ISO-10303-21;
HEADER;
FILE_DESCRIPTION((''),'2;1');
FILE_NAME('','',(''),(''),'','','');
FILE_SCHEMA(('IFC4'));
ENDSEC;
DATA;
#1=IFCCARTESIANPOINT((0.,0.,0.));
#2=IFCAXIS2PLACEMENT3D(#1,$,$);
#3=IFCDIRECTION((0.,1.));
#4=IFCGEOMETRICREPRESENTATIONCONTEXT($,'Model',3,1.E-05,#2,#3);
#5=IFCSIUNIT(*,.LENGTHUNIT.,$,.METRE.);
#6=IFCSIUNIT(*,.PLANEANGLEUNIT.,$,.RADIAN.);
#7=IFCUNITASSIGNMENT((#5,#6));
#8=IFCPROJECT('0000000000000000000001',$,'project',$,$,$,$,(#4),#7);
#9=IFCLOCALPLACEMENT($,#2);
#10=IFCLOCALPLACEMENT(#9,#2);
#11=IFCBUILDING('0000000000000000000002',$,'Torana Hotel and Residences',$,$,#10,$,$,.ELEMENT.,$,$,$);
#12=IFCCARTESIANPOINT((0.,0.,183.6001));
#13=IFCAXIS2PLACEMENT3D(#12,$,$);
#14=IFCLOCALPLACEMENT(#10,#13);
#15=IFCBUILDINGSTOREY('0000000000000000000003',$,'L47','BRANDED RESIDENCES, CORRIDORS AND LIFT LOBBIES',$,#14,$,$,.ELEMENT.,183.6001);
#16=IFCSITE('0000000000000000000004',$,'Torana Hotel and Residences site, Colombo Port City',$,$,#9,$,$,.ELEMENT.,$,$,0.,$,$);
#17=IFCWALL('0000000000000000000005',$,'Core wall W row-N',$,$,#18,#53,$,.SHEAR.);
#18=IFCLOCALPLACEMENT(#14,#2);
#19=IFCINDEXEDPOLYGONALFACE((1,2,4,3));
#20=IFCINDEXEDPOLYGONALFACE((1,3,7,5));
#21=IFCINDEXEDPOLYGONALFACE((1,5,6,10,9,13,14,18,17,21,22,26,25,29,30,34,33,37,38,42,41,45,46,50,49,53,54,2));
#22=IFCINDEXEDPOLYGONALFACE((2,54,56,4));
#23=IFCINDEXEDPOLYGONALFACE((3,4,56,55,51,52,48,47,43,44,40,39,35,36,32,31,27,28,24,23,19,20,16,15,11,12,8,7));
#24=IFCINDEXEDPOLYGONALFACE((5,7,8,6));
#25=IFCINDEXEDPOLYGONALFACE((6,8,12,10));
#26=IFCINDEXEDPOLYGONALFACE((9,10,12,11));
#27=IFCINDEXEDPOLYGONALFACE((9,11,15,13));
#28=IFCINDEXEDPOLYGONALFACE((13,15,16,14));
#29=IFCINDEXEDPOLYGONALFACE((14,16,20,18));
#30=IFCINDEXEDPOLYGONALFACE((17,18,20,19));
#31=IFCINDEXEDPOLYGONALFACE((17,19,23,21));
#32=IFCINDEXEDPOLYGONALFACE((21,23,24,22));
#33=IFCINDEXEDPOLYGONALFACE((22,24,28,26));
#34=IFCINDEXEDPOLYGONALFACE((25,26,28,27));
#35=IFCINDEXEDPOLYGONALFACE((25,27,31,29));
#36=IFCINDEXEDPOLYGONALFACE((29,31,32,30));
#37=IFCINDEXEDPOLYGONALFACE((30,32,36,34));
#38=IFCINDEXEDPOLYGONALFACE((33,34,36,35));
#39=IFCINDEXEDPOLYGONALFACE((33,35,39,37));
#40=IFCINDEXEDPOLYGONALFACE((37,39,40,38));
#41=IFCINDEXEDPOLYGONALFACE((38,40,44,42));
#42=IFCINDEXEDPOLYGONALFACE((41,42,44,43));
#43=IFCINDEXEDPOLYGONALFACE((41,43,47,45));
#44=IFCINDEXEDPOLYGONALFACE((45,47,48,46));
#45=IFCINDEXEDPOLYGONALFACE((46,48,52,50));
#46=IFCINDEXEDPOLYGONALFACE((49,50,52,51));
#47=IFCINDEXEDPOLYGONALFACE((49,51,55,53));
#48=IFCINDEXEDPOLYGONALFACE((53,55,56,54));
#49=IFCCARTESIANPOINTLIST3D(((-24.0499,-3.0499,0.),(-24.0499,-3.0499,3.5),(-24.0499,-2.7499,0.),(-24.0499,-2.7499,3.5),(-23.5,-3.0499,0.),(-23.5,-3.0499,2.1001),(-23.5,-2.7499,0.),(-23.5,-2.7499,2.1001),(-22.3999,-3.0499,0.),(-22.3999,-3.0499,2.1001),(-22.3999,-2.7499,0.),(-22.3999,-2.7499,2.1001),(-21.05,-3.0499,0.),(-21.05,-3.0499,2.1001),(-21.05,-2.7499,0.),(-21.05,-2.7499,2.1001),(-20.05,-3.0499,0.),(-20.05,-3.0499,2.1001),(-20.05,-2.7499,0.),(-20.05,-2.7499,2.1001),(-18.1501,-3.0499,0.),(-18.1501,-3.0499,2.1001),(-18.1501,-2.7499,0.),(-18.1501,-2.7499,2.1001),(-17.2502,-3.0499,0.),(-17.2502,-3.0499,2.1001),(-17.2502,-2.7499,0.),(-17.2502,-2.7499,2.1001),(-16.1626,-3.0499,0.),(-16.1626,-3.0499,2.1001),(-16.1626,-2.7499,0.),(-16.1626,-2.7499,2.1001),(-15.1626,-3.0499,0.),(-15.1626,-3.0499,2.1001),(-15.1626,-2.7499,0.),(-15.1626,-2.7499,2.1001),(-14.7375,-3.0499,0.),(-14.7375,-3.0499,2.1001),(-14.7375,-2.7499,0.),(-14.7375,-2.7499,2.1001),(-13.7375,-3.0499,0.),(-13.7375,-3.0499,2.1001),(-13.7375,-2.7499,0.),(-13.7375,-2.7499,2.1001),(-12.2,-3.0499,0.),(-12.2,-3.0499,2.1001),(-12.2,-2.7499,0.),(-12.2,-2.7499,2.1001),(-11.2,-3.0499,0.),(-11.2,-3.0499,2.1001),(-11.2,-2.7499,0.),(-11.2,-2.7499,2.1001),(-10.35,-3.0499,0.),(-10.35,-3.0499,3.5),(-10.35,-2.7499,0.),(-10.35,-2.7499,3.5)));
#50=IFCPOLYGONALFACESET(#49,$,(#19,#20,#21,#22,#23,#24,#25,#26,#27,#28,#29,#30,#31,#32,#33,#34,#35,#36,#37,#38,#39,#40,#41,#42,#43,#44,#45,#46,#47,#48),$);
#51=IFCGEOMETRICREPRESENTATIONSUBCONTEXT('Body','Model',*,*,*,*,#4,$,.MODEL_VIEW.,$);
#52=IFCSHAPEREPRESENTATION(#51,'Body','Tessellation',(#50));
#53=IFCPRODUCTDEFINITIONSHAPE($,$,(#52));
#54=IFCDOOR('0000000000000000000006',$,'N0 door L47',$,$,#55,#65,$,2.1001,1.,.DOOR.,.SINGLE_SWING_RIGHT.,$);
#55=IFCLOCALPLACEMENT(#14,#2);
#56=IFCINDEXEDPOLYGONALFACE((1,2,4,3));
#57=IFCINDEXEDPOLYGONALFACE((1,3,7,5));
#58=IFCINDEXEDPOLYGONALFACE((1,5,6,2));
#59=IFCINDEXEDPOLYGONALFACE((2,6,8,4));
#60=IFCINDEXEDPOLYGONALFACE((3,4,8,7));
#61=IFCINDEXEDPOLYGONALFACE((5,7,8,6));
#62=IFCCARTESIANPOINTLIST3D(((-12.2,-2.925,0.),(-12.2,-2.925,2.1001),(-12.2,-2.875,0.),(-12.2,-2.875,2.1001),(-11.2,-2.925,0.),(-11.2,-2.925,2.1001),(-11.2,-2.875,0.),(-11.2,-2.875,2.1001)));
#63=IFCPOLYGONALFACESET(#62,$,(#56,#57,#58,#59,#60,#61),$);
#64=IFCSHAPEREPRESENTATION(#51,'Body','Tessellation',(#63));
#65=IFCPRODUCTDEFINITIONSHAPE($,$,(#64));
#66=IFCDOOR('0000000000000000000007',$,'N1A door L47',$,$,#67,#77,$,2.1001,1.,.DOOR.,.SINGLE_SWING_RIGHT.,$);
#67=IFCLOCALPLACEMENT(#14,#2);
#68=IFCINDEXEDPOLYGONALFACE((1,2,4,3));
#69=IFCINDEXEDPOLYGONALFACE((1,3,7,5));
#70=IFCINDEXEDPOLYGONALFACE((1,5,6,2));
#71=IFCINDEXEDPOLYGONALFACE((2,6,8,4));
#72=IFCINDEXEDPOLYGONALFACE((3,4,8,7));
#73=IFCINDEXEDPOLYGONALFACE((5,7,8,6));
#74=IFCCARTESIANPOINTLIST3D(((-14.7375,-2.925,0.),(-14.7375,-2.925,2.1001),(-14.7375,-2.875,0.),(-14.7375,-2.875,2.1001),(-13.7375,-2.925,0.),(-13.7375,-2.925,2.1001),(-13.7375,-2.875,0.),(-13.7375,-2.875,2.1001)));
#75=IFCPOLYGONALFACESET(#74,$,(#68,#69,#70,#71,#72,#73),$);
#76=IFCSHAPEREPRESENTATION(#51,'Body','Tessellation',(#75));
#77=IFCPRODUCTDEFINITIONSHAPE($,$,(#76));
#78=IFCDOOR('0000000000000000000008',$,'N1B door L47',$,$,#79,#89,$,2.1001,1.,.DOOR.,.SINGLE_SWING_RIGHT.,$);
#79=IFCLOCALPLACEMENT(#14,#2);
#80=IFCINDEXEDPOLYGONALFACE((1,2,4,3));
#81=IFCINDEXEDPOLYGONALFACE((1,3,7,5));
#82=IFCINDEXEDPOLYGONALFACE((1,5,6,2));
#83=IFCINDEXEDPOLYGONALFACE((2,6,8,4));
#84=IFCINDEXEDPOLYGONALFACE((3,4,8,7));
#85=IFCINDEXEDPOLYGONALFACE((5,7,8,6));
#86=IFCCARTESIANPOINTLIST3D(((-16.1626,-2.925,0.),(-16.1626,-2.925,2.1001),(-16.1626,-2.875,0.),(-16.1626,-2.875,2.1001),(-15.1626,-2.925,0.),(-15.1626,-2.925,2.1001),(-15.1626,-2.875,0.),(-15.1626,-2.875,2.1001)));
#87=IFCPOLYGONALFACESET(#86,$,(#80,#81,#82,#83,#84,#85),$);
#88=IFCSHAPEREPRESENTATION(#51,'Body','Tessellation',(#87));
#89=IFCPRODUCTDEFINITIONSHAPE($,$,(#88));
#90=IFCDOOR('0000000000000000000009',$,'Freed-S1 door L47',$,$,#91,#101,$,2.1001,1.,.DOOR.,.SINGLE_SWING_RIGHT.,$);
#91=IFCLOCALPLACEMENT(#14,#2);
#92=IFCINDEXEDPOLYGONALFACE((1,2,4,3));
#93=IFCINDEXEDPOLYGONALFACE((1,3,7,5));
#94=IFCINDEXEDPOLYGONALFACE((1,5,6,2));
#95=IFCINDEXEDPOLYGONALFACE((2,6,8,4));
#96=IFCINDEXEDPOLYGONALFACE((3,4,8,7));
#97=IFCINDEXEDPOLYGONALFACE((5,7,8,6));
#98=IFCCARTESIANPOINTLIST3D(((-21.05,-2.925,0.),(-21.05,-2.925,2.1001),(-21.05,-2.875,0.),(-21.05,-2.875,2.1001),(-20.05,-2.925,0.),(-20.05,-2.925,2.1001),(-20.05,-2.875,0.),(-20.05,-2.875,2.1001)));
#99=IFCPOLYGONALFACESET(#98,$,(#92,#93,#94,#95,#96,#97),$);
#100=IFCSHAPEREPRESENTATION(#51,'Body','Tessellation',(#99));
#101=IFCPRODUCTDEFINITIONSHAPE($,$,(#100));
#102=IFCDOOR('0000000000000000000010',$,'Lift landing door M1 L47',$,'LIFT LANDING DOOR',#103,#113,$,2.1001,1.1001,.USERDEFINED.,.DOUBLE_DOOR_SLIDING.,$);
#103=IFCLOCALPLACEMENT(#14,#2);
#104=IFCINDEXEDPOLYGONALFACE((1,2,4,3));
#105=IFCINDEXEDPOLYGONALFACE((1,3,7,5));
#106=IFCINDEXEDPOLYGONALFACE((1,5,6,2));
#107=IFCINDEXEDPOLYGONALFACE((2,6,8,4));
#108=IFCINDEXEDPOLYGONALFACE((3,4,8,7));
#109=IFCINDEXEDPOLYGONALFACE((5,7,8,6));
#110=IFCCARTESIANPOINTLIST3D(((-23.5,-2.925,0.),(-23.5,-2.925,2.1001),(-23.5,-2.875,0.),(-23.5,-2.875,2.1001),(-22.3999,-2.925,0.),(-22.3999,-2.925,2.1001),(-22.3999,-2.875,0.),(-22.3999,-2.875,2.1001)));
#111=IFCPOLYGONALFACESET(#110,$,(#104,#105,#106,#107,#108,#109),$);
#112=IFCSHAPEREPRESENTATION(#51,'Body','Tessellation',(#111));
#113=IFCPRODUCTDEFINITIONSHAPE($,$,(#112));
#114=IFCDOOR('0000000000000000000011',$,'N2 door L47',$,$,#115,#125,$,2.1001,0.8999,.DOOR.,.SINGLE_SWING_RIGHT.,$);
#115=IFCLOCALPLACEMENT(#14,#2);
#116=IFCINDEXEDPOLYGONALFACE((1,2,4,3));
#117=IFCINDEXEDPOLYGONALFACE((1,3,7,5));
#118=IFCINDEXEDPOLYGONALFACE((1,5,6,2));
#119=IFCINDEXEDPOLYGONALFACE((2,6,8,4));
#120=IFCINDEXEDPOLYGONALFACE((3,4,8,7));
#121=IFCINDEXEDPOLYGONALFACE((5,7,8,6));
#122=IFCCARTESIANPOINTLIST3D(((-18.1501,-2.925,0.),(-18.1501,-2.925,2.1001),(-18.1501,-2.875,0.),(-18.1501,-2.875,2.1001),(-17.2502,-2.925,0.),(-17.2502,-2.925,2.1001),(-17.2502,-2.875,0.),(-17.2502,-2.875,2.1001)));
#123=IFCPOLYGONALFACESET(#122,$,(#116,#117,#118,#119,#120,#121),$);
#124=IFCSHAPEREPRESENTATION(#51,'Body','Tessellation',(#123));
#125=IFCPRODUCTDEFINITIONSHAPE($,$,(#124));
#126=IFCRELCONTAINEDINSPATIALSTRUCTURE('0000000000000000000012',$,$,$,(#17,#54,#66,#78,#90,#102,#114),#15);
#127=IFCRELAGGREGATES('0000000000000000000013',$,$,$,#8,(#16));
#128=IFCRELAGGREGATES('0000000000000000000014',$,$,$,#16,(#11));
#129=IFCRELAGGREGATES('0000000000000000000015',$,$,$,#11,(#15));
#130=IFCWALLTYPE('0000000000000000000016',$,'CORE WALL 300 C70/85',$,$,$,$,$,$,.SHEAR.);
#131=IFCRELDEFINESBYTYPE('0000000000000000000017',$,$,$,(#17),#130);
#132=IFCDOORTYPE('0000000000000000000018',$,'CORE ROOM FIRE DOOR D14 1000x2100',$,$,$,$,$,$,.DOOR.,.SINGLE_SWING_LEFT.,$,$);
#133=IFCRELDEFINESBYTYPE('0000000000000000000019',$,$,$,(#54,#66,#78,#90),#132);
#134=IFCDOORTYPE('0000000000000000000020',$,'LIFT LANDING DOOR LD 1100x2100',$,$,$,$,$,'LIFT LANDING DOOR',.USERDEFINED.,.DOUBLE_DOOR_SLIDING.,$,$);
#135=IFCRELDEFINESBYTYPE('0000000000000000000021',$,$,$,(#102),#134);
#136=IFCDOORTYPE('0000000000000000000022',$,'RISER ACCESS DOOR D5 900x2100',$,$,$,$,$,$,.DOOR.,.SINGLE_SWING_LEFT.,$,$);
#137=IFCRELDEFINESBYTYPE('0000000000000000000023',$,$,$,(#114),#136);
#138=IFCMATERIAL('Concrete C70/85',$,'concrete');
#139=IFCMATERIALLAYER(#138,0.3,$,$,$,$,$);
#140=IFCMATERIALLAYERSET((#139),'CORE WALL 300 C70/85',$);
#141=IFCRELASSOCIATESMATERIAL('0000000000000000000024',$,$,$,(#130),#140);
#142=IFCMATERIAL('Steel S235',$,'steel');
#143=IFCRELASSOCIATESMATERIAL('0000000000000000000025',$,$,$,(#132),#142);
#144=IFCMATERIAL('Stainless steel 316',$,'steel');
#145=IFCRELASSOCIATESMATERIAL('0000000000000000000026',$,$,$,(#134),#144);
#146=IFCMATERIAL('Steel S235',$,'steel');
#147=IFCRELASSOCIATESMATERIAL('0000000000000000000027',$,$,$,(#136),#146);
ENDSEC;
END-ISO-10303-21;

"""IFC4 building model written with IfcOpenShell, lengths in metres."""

from ifc_helpers import new_model, si_unit, direction, frame, frame_2d, origin, place, context, subcontext, project, spatial, rectangle, extrude, material, layer, layer_set, type_object, element, fill, save


model = new_model("IFC4")

# Units and contexts
model_context = context("Model", 3, precision=1e-05, world=origin(), true_north=direction((0.0, 1.0)))
body_context = subcontext(model_context, "Body", "Model", "MODEL_VIEW")
ifc_project = project(units=[si_unit("LENGTHUNIT", "METRE"), si_unit("PLANEANGLEUNIT", "RADIAN")], contexts=[model_context])

# Site, building, storey
site_placement = place(None, origin())
site = spatial("IfcSite", under=ifc_project, at=site_placement, Name="Torana Hotel and Residences site, Colombo Port City", CompositionType="ELEMENT", RefElevation=0.0)
building_placement = place(site_placement, origin())
building = spatial("IfcBuilding", under=site, at=building_placement, Name="Torana Hotel and Residences", CompositionType="ELEMENT")
storey_placement = place(building_placement, frame((0.0, 0.0, 183.6001)))
storey = spatial("IfcBuildingStorey", under=building, at=storey_placement, Name="L47", Description="BRANDED RESIDENCES, CORRIDORS AND LIFT LOBBIES", CompositionType="ELEMENT", Elevation=183.6001)

# Wall, openings, doors
ifc_material_1 = material(Name="Concrete C70/85", Category="concrete")
ifc_layer_1 = layer(ifc_material_1, 0.3)
ifc_layer_set_1 = layer_set([ifc_layer_1], Name="CORE WALL 300 C70/85")
wall_type_1 = type_object("IfcWallType", Name="CORE WALL 300 C70/85", PredefinedType="SHEAR", material=ifc_layer_set_1)
wall_1_placement = place(storey_placement, frame((-24.05, -2.8999, 0.0), z_axis=(0.0, 0.0, 1.0), x_axis=(1.0, 0.0, 0.0)))
wall_1 = element("IfcWall", 1, at=wall_1_placement, inside=storey, type_object=wall_type_1, Name="Core wall W row-N", PredefinedType="SHEAR", context=body_context, shape_type="SweptSolid", body=[
    extrude(rectangle(XDim=13.7, YDim=0.3, at=frame_2d((6.8501, 0.0))), origin(), (0.0, 0.0, 1.0), 3.5),
])
opening_1_placement = place(wall_1_placement, frame((0.55, 0.0, 0.0)))
opening_1 = element("IfcOpeningElement", 2, at=opening_1_placement, cuts=wall_1, PredefinedType="OPENING", context=body_context, shape_type="SweptSolid", body=[
    extrude(rectangle(XDim=1.1001, YDim=2.1001, at=frame_2d((0.55, 1.05))), frame((0.0, 0.1599, 0.0), z_axis=(0.0, -1.0, 0.0), x_axis=(1.0, 0.0, 0.0)), (0.0, 0.0, 1.0), 0.3201),
])
opening_2_placement = place(wall_1_placement, frame((5.8999, 0.0, 0.0)))
opening_2 = element("IfcOpeningElement", 3, at=opening_2_placement, cuts=wall_1, PredefinedType="OPENING", context=body_context, shape_type="SweptSolid", body=[
    extrude(rectangle(XDim=0.8999, YDim=2.1001, at=frame_2d((0.45, 1.05))), frame((0.0, 0.1599, 0.0), z_axis=(0.0, -1.0, 0.0), x_axis=(1.0, 0.0, 0.0)), (0.0, 0.0, 1.0), 0.3201),
])
opening_3_placement = place(wall_1_placement, frame((11.8501, 0.0, 0.0)))
opening_3 = element("IfcOpeningElement", 4, at=opening_3_placement, cuts=wall_1, PredefinedType="OPENING", context=body_context, shape_type="SweptSolid", body=[
    extrude(rectangle(XDim=1.0, YDim=2.1001, at=frame_2d((0.5, 1.05))), frame((0.0, 0.1599, 0.0), z_axis=(0.0, -1.0, 0.0), x_axis=(1.0, 0.0, 0.0)), (0.0, 0.0, 1.0), 0.3201),
])
opening_4_placement = place(wall_1_placement, frame((9.3125, 0.0, 0.0)))
opening_4 = element("IfcOpeningElement", 5, at=opening_4_placement, cuts=wall_1, PredefinedType="OPENING", context=body_context, shape_type="SweptSolid", body=[
    extrude(rectangle(XDim=1.0, YDim=2.1001, at=frame_2d((0.5, 1.05))), frame((0.0, 0.1599, 0.0), z_axis=(0.0, -1.0, 0.0), x_axis=(1.0, 0.0, 0.0)), (0.0, 0.0, 1.0), 0.3201),
])
opening_5_placement = place(wall_1_placement, frame((7.8875, 0.0, 0.0)))
opening_5 = element("IfcOpeningElement", 6, at=opening_5_placement, cuts=wall_1, PredefinedType="OPENING", context=body_context, shape_type="SweptSolid", body=[
    extrude(rectangle(XDim=1.0, YDim=2.1001, at=frame_2d((0.5, 1.05))), frame((0.0, 0.1599, 0.0), z_axis=(0.0, -1.0, 0.0), x_axis=(1.0, 0.0, 0.0)), (0.0, 0.0, 1.0), 0.3201),
])
opening_6_placement = place(wall_1_placement, frame((3.0, 0.0, 0.0)))
opening_6 = element("IfcOpeningElement", 7, at=opening_6_placement, cuts=wall_1, PredefinedType="OPENING", context=body_context, shape_type="SweptSolid", body=[
    extrude(rectangle(XDim=1.0, YDim=2.1001, at=frame_2d((0.5, 1.05))), frame((0.0, 0.1599, 0.0), z_axis=(0.0, -1.0, 0.0), x_axis=(1.0, 0.0, 0.0)), (0.0, 0.0, 1.0), 0.3201),
])
ifc_material_2 = material(Name="Steel S235", Category="steel")
door_type_1 = type_object("IfcDoorType", Name="CORE ROOM FIRE DOOR D14 1000x2100", OperationType="SINGLE_SWING_LEFT", PredefinedType="DOOR", material=ifc_material_2)
door_1_placement = place(opening_3_placement, origin())
door_1 = element("IfcDoor", 8, at=door_1_placement, inside=storey, type_object=door_type_1, Name="N0 door L47", OperationType="SINGLE_SWING_RIGHT", OverallHeight=2.1001, OverallWidth=1.0, PredefinedType="DOOR", context=body_context, shape_type="SweptSolid", body=[
    extrude(rectangle(XDim=1.0, YDim=2.1001, at=frame_2d((0.5, 1.05))), frame((0.0, 0.0249, 0.0), z_axis=(0.0, -1.0, 0.0), x_axis=(1.0, 0.0, 0.0)), (0.0, 0.0, 1.0), 0.05),
])
fill(opening_3, door_1)
door_2_placement = place(opening_4_placement, origin())
door_2 = element("IfcDoor", 9, at=door_2_placement, inside=storey, type_object=door_type_1, Name="N1A door L47", OperationType="SINGLE_SWING_RIGHT", OverallHeight=2.1001, OverallWidth=1.0, PredefinedType="DOOR", context=body_context, shape_type="SweptSolid", body=[
    extrude(rectangle(XDim=1.0, YDim=2.1001, at=frame_2d((0.5, 1.05))), frame((0.0, 0.0249, 0.0), z_axis=(0.0, -1.0, 0.0), x_axis=(1.0, 0.0, 0.0)), (0.0, 0.0, 1.0), 0.05),
])
fill(opening_4, door_2)
door_3_placement = place(opening_5_placement, origin())
door_3 = element("IfcDoor", 10, at=door_3_placement, inside=storey, type_object=door_type_1, Name="N1B door L47", OperationType="SINGLE_SWING_RIGHT", OverallHeight=2.1001, OverallWidth=1.0, PredefinedType="DOOR", context=body_context, shape_type="SweptSolid", body=[
    extrude(rectangle(XDim=1.0, YDim=2.1001, at=frame_2d((0.5, 1.05))), frame((0.0, 0.0249, 0.0), z_axis=(0.0, -1.0, 0.0), x_axis=(1.0, 0.0, 0.0)), (0.0, 0.0, 1.0), 0.05),
])
fill(opening_5, door_3)
door_4_placement = place(opening_6_placement, origin())
door_4 = element("IfcDoor", 11, at=door_4_placement, inside=storey, type_object=door_type_1, Name="Freed-S1 door L47", OperationType="SINGLE_SWING_RIGHT", OverallHeight=2.1001, OverallWidth=1.0, PredefinedType="DOOR", context=body_context, shape_type="SweptSolid", body=[
    extrude(rectangle(XDim=1.0, YDim=2.1001, at=frame_2d((0.5, 1.05))), frame((0.0, 0.0249, 0.0), z_axis=(0.0, -1.0, 0.0), x_axis=(1.0, 0.0, 0.0)), (0.0, 0.0, 1.0), 0.05),
])
fill(opening_6, door_4)
ifc_material_3 = material(Name="Stainless steel 316", Category="steel")
door_type_2 = type_object("IfcDoorType", Name="LIFT LANDING DOOR LD 1100x2100", ElementType="LIFT LANDING DOOR", OperationType="DOUBLE_DOOR_SLIDING", PredefinedType="USERDEFINED", material=ifc_material_3)
door_5_placement = place(opening_1_placement, origin())
door_5 = element("IfcDoor", 12, at=door_5_placement, inside=storey, type_object=door_type_2, Name="Lift landing door M1 L47", ObjectType="LIFT LANDING DOOR", OperationType="DOUBLE_DOOR_SLIDING", OverallHeight=2.1001, OverallWidth=1.1001, PredefinedType="USERDEFINED", context=body_context, shape_type="SweptSolid", body=[
    extrude(rectangle(XDim=1.1001, YDim=2.1001, at=frame_2d((0.55, 1.05))), frame((0.0, 0.0249, 0.0), z_axis=(0.0, -1.0, 0.0), x_axis=(1.0, 0.0, 0.0)), (0.0, 0.0, 1.0), 0.05),
])
fill(opening_1, door_5)
ifc_material_4 = material(Name="Steel S235", Category="steel")
door_type_3 = type_object("IfcDoorType", Name="RISER ACCESS DOOR D5 900x2100", OperationType="SINGLE_SWING_LEFT", PredefinedType="DOOR", material=ifc_material_4)
door_6_placement = place(opening_2_placement, origin())
door_6 = element("IfcDoor", 13, at=door_6_placement, inside=storey, type_object=door_type_3, Name="N2 door L47", OperationType="SINGLE_SWING_RIGHT", OverallHeight=2.1001, OverallWidth=0.8999, PredefinedType="DOOR", context=body_context, shape_type="SweptSolid", body=[
    extrude(rectangle(XDim=0.8999, YDim=2.1001, at=frame_2d((0.45, 1.05))), frame((0.0, 0.0249, 0.0), z_axis=(0.0, -1.0, 0.0), x_axis=(1.0, 0.0, 0.0)), (0.0, 0.0, 1.0), 0.05),
])
fill(opening_2, door_6)

save(model, "model.ifc")
